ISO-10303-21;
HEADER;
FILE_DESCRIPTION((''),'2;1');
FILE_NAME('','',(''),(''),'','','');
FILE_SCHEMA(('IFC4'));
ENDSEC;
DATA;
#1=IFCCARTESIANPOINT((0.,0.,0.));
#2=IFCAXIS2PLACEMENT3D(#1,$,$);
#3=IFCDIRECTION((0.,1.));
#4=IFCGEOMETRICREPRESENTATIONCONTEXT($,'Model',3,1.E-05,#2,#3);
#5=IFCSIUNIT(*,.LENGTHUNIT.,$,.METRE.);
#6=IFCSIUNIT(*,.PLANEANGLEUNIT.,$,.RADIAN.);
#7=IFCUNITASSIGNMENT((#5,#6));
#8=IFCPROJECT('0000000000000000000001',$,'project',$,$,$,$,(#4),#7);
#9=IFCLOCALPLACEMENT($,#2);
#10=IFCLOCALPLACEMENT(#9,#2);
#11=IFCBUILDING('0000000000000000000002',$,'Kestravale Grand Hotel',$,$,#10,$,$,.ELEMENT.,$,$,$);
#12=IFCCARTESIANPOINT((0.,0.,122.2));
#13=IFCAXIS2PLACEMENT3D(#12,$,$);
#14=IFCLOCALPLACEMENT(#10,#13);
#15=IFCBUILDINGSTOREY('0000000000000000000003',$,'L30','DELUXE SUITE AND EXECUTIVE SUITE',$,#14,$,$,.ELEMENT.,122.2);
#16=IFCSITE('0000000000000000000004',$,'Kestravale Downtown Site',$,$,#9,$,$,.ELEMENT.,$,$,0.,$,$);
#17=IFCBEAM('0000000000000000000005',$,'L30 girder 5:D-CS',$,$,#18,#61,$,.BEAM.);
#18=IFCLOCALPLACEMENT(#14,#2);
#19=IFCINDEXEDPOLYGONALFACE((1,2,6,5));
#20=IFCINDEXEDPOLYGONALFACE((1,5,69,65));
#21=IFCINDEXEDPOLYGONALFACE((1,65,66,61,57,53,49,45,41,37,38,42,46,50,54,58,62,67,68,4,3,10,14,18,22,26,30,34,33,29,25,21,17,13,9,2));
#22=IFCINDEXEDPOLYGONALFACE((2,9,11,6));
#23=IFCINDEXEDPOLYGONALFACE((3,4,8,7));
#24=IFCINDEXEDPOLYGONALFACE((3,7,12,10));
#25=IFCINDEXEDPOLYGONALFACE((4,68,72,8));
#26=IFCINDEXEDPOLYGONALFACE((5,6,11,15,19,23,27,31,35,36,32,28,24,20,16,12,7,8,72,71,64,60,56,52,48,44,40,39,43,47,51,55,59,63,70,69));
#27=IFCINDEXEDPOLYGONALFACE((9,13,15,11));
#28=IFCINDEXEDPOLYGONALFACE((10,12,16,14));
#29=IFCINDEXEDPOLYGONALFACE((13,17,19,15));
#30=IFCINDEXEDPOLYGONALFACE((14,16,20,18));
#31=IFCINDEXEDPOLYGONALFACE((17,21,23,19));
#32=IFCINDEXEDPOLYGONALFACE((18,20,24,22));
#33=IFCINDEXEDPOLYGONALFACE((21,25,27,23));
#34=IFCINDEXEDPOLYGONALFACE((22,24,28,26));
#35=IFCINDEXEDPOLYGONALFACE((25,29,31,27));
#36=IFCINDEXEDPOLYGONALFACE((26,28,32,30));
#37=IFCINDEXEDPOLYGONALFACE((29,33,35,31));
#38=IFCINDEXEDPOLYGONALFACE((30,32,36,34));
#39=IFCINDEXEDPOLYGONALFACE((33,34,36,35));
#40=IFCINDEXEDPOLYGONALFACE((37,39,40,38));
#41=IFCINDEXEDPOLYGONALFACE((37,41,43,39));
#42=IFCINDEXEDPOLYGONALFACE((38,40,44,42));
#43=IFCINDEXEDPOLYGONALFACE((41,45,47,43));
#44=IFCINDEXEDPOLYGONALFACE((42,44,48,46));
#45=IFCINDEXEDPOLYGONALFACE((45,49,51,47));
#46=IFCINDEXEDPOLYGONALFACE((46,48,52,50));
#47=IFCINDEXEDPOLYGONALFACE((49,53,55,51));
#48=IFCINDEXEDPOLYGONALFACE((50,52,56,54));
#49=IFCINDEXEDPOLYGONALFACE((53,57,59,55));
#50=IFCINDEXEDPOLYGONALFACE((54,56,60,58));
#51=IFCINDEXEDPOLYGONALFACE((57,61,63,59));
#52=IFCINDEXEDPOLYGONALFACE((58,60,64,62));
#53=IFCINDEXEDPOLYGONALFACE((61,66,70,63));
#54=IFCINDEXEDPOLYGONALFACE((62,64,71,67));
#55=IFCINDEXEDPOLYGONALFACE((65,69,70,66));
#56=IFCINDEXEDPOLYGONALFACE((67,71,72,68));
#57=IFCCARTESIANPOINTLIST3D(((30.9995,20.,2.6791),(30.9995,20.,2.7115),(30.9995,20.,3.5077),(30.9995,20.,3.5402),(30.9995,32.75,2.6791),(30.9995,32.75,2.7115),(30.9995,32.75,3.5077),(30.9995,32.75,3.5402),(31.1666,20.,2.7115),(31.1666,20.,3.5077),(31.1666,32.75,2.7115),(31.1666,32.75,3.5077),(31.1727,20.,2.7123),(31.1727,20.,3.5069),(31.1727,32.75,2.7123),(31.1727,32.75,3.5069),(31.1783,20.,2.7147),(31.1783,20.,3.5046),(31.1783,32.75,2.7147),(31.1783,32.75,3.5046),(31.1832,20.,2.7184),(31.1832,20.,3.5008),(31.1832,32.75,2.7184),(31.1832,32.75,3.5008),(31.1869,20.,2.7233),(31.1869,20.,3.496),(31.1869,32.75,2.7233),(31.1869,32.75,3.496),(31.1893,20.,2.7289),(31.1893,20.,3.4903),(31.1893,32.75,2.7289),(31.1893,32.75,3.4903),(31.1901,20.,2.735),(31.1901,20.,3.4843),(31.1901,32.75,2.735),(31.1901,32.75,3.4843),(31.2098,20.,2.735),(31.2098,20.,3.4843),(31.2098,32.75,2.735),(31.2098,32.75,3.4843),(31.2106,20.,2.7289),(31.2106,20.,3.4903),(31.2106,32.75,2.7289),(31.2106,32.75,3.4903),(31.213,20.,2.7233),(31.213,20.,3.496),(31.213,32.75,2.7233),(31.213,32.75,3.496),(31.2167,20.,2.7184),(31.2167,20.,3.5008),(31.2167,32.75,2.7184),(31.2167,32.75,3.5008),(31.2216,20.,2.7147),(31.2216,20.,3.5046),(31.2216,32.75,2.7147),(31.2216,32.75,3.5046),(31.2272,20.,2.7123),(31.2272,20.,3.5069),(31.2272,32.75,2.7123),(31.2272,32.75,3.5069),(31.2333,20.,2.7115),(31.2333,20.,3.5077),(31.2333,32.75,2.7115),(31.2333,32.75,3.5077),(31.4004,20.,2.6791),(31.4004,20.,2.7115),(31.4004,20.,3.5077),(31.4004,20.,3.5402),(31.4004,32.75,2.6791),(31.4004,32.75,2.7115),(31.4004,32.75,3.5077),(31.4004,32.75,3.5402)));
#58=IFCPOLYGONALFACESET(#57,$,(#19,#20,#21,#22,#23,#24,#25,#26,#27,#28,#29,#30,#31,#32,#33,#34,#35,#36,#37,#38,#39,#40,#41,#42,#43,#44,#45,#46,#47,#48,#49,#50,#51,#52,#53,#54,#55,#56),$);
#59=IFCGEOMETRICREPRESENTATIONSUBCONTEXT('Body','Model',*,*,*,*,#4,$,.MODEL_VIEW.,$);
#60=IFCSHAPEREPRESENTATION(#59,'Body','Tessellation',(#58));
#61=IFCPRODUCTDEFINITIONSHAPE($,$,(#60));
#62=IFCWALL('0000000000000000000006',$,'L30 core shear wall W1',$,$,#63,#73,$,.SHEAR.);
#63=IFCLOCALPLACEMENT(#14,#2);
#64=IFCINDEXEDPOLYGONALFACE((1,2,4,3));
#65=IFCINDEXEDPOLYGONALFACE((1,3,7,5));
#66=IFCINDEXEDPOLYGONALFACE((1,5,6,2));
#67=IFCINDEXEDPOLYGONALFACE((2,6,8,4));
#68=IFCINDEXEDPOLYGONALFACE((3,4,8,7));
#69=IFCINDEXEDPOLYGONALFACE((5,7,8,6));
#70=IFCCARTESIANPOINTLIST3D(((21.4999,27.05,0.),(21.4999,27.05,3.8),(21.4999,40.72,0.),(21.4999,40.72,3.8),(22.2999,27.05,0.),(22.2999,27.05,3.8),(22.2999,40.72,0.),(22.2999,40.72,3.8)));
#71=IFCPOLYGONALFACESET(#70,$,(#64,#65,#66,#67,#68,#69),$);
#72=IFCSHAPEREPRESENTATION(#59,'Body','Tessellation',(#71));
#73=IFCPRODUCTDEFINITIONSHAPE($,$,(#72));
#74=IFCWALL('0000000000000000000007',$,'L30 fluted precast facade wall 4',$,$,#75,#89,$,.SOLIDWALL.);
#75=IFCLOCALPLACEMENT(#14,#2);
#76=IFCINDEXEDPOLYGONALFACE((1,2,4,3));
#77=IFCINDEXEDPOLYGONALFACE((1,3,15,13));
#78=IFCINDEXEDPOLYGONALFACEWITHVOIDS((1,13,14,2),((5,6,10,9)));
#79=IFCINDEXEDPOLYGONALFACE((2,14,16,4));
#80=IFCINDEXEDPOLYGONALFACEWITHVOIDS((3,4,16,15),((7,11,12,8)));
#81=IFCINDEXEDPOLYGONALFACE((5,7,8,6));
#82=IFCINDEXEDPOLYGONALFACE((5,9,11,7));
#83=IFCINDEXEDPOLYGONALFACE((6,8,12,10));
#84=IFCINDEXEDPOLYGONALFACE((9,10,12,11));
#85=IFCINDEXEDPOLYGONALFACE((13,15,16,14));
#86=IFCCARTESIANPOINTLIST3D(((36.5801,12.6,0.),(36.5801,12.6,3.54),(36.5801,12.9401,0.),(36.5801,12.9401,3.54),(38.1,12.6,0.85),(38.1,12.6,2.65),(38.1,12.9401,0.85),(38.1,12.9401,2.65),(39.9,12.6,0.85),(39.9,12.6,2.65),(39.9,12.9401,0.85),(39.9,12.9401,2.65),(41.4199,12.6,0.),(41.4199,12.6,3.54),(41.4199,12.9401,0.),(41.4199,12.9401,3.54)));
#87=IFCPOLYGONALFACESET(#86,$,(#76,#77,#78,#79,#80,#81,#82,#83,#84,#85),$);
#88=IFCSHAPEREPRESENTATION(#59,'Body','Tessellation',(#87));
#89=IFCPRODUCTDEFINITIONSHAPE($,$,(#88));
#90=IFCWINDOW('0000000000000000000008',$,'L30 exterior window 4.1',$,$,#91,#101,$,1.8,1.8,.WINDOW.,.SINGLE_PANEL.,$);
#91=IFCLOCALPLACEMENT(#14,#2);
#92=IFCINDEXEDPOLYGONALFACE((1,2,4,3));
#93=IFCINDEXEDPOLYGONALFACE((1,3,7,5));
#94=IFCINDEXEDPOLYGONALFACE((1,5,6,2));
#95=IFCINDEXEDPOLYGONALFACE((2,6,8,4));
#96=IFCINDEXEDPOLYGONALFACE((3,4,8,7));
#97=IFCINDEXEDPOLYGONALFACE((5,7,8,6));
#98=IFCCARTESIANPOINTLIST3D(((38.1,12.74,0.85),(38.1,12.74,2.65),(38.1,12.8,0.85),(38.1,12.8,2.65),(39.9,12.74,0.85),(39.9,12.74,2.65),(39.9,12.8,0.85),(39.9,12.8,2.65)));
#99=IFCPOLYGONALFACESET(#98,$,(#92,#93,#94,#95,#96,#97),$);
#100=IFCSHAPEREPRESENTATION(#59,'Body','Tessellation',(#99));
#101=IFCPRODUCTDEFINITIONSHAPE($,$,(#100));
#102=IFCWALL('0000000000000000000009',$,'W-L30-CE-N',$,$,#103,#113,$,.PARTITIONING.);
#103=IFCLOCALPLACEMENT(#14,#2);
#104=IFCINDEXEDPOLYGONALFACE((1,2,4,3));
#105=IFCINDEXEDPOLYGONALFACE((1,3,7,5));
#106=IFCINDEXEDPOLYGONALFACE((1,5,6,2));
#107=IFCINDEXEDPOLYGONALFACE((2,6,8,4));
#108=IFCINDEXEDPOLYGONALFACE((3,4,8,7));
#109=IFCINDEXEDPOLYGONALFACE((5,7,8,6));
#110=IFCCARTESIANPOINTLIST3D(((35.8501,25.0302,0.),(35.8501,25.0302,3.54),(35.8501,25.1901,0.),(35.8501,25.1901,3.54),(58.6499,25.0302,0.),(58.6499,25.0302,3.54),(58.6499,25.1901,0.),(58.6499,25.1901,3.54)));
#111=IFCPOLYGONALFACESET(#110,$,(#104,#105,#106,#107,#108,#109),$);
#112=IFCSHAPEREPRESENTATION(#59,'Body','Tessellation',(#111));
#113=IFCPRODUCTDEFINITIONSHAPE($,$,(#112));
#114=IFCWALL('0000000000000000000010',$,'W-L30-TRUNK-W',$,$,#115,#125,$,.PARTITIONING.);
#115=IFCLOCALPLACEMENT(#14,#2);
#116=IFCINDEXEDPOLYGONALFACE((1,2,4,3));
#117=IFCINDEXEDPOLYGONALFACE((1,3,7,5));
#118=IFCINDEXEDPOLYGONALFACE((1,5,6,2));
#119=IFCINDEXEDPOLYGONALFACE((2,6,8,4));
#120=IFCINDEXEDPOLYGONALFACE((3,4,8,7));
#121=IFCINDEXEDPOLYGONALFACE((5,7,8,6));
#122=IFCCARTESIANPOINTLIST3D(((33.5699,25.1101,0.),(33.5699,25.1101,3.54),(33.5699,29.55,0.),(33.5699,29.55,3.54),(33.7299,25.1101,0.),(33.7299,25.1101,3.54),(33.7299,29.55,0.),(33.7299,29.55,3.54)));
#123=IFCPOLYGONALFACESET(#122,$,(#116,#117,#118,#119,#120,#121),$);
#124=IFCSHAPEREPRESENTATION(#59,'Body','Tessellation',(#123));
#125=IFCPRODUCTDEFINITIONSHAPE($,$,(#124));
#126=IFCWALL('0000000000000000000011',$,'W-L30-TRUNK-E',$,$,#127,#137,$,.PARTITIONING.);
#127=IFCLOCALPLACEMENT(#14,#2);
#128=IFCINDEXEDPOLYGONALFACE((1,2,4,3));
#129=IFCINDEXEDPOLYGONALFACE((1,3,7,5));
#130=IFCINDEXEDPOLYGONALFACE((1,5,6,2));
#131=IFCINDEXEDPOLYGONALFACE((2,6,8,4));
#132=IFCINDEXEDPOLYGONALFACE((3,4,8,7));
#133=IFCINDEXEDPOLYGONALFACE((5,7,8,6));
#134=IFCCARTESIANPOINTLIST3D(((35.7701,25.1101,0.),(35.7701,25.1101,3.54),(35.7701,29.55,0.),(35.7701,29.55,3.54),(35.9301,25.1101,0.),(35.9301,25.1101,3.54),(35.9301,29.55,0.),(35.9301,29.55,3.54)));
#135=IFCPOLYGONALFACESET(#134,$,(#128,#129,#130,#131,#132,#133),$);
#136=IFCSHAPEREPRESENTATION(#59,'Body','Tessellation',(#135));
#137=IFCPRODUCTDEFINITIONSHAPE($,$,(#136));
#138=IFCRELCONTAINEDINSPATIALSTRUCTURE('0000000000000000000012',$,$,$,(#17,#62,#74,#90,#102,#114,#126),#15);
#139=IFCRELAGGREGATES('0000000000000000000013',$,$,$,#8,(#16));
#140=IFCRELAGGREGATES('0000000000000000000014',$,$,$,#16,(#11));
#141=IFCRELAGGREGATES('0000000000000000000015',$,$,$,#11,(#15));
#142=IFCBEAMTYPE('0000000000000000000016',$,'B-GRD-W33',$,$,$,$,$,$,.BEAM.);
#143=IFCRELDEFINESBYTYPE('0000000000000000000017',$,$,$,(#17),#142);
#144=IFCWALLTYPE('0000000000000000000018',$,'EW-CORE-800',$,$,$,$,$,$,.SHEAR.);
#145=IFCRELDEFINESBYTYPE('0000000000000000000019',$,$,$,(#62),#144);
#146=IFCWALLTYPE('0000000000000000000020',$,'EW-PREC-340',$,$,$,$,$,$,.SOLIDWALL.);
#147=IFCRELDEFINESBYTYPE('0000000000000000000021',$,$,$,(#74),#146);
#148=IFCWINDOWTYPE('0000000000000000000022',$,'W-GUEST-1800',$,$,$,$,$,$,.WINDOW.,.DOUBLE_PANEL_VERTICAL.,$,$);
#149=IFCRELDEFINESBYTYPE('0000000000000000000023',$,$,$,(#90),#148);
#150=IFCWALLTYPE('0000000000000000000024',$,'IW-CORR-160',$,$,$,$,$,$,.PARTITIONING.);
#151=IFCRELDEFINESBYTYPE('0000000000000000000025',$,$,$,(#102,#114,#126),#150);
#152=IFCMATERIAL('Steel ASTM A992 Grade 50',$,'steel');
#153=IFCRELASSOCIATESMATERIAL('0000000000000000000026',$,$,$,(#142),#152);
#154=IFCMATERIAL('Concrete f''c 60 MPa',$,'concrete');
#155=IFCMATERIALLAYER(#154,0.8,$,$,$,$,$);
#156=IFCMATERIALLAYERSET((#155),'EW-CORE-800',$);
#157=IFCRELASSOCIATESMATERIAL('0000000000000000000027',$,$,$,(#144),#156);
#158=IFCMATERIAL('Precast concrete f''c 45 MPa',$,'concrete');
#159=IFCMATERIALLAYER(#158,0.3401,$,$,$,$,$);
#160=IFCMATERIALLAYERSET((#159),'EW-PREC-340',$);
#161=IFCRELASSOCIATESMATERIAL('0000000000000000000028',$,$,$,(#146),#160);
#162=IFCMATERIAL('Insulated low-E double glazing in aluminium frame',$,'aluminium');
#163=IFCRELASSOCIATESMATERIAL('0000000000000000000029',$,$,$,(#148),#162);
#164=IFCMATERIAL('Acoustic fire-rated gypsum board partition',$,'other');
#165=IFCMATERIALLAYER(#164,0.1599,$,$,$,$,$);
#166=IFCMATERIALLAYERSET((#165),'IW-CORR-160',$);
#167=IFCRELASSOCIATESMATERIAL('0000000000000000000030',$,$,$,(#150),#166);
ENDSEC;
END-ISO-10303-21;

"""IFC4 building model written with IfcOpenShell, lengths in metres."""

from ifc_helpers import new_model, si_unit, direction, frame, frame_2d, origin, origin_2d, place, context, subcontext, project, spatial, rectangle, i_section, extrude, material, layer, layer_set, material_profile, profile_set, type_object, element, fill, save


model = new_model("IFC4")

# Units and contexts
model_context = context("Model", 3, precision=1e-05, world=origin(), true_north=direction((0.0, 1.0)))
body_context = subcontext(model_context, "Body", "Model", "MODEL_VIEW")
ifc_project = project(units=[si_unit("LENGTHUNIT", "METRE"), si_unit("PLANEANGLEUNIT", "RADIAN")], contexts=[model_context])

# Site, building, storey
site_placement = place(None, origin())
site = spatial("IfcSite", under=ifc_project, at=site_placement, Name="Kestravale Downtown Site", CompositionType="ELEMENT", RefElevation=0.0)
building_placement = place(site_placement, origin())
building = spatial("IfcBuilding", under=site, at=building_placement, Name="Kestravale Grand Hotel", CompositionType="ELEMENT")
storey_placement = place(building_placement, frame((0.0, 0.0, 122.2)))
storey = spatial("IfcBuildingStorey", under=building, at=storey_placement, Name="L30", Description="DELUXE SUITE AND EXECUTIVE SUITE", CompositionType="ELEMENT", Elevation=122.2)

# Beam
ifc_material_1 = material(Name="Steel ASTM A992 Grade 50", Category="steel")
ifc_material_profile_1 = material_profile(ifc_material_1, i_section(OverallWidth=0.4009, OverallDepth=0.8611, WebThickness=0.0198, FlangeThickness=0.0325, FilletRadius=0.0234, at=origin_2d()))
ifc_profile_set_1 = profile_set([ifc_material_profile_1], Name="Steel ASTM A992 Grade 50")
beam_type = type_object("IfcBeamType", Name="B-GRD-W33", PredefinedType="BEAM", material=ifc_profile_set_1)
for number, where, z_axis, x_axis, name in (
    (1, (31.2, 20.0, 3.1096), (0.0, 1.0, 0.0), (-1.0, 0.0, 0.0), "L30 girder 5:D-CS"),
):
    element("IfcBeam", number, at=place(storey_placement, frame(where, z_axis=z_axis, x_axis=x_axis)), inside=storey, type_object=beam_type, Name=name, PredefinedType="BEAM", context=body_context, shape_type="SweptSolid", body=[
        extrude(i_section(OverallWidth=0.4009, OverallDepth=0.8611, WebThickness=0.0198, FlangeThickness=0.0325, FilletRadius=0.0234, at=origin_2d()), origin(), (0.0, 0.0, 1.0), 12.75),
    ])

# Wall
ifc_material_2 = material(Name="Concrete f'c 60 MPa", Category="concrete")
ifc_layer_1 = layer(ifc_material_2, 0.8)
ifc_layer_set_1 = layer_set([ifc_layer_1], Name="EW-CORE-800")
wall_type_1 = type_object("IfcWallType", Name="EW-CORE-800", PredefinedType="SHEAR", material=ifc_layer_set_1)
wall_1_placement = place(storey_placement, frame((21.8999, 27.05, 0.0), z_axis=(0.0, 0.0, 1.0), x_axis=(0.0, 1.0, 0.0)))
element("IfcWall", 2, at=wall_1_placement, inside=storey, type_object=wall_type_1, Name="L30 core shear wall W1", PredefinedType="SHEAR", context=body_context, shape_type="SweptSolid", body=[
    extrude(rectangle(XDim=13.6699, YDim=0.8, at=frame_2d((6.835, 0.0))), origin(), (0.0, 0.0, 1.0), 3.8),
])

# Wall, opening, window
ifc_material_3 = material(Name="Precast concrete f'c 45 MPa", Category="concrete")
ifc_layer_2 = layer(ifc_material_3, 0.3401)
ifc_layer_set_2 = layer_set([ifc_layer_2], Name="EW-PREC-340")
wall_type_2 = type_object("IfcWallType", Name="EW-PREC-340", PredefinedType="SOLIDWALL", material=ifc_layer_set_2)
wall_2_placement = place(storey_placement, frame((36.5801, 12.77, 0.0), z_axis=(0.0, 0.0, 1.0), x_axis=(1.0, 0.0, 0.0)))
wall_2 = element("IfcWall", 3, at=wall_2_placement, inside=storey, type_object=wall_type_2, Name="L30 fluted precast facade wall 4", PredefinedType="SOLIDWALL", context=body_context, shape_type="SweptSolid", body=[
    extrude(rectangle(XDim=4.8398, YDim=0.3401, at=frame_2d((2.4199, 0.0))), origin(), (0.0, 0.0, 1.0), 3.54),
])
opening_1_placement = place(wall_2_placement, frame((1.52, 0.0, 0.8501)))
opening_1 = element("IfcOpeningElement", 4, at=opening_1_placement, cuts=wall_2, PredefinedType="OPENING", context=body_context, shape_type="SweptSolid", body=[
    extrude(rectangle(XDim=1.8, YDim=1.8, at=frame_2d((0.8999, 0.8999))), frame((0.0, 0.1799, 0.0), z_axis=(0.0, -1.0, 0.0), x_axis=(1.0, 0.0, 0.0)), (0.0, 0.0, 1.0), 0.3601),
])
ifc_material_4 = material(Name="Insulated low-E double glazing in aluminium frame", Category="aluminium")
window_type = type_object("IfcWindowType", Name="W-GUEST-1800", PartitioningType="DOUBLE_PANEL_VERTICAL", PredefinedType="WINDOW", material=ifc_material_4)
window_placement = place(opening_1_placement, origin())
window = element("IfcWindow", 5, at=window_placement, inside=storey, type_object=window_type, Name="L30 exterior window 4.1", OverallHeight=1.8, OverallWidth=1.8, PartitioningType="SINGLE_PANEL", PredefinedType="WINDOW", context=body_context, shape_type="SweptSolid", body=[
    extrude(rectangle(XDim=1.8, YDim=1.8, at=frame_2d((0.8999, 0.8999))), frame((0.0, 0.03, 0.0), z_axis=(0.0, -1.0, 0.0), x_axis=(1.0, 0.0, 0.0)), (0.0, 0.0, 1.0), 0.0601),
])
fill(opening_1, window)

# Walls
ifc_material_5 = material(Name="Acoustic fire-rated gypsum board partition", Category="other")
ifc_layer_3 = layer(ifc_material_5, 0.1599)
ifc_layer_set_3 = layer_set([ifc_layer_3], Name="IW-CORR-160")
wall_type_3 = type_object("IfcWallType", Name="IW-CORR-160", PredefinedType="PARTITIONING", material=ifc_layer_set_3)
wall_3_placement = place(storey_placement, frame((35.8501, 25.1101, 0.0), z_axis=(0.0, 0.0, 1.0), x_axis=(1.0, 0.0, 0.0)))
element("IfcWall", 6, at=wall_3_placement, inside=storey, type_object=wall_type_3, Name="W-L30-CE-N", PredefinedType="PARTITIONING", context=body_context, shape_type="SweptSolid", body=[
    extrude(rectangle(XDim=22.7998, YDim=0.1599, at=frame_2d((11.3999, 0.0))), origin(), (0.0, 0.0, 1.0), 3.54),
])
for number, where, z_axis, x_axis, name in (
    (7, (33.6499, 25.1101, 0.0), (0.0, 0.0, 1.0), (0.0, 1.0, 0.0), "W-L30-TRUNK-W"),
    (8, (35.8501, 25.1101, 0.0), (0.0, 0.0, 1.0), (0.0, 1.0, 0.0), "W-L30-TRUNK-E"),
):
    element("IfcWall", number, at=place(storey_placement, frame(where, z_axis=z_axis, x_axis=x_axis)), inside=storey, type_object=wall_type_3, Name=name, PredefinedType="PARTITIONING", context=body_context, shape_type="SweptSolid", body=[
        extrude(rectangle(XDim=4.4399, YDim=0.1599, at=frame_2d((2.22, 0.0))), origin(), (0.0, 0.0, 1.0), 3.54),
    ])

save(model, "model.ifc")
